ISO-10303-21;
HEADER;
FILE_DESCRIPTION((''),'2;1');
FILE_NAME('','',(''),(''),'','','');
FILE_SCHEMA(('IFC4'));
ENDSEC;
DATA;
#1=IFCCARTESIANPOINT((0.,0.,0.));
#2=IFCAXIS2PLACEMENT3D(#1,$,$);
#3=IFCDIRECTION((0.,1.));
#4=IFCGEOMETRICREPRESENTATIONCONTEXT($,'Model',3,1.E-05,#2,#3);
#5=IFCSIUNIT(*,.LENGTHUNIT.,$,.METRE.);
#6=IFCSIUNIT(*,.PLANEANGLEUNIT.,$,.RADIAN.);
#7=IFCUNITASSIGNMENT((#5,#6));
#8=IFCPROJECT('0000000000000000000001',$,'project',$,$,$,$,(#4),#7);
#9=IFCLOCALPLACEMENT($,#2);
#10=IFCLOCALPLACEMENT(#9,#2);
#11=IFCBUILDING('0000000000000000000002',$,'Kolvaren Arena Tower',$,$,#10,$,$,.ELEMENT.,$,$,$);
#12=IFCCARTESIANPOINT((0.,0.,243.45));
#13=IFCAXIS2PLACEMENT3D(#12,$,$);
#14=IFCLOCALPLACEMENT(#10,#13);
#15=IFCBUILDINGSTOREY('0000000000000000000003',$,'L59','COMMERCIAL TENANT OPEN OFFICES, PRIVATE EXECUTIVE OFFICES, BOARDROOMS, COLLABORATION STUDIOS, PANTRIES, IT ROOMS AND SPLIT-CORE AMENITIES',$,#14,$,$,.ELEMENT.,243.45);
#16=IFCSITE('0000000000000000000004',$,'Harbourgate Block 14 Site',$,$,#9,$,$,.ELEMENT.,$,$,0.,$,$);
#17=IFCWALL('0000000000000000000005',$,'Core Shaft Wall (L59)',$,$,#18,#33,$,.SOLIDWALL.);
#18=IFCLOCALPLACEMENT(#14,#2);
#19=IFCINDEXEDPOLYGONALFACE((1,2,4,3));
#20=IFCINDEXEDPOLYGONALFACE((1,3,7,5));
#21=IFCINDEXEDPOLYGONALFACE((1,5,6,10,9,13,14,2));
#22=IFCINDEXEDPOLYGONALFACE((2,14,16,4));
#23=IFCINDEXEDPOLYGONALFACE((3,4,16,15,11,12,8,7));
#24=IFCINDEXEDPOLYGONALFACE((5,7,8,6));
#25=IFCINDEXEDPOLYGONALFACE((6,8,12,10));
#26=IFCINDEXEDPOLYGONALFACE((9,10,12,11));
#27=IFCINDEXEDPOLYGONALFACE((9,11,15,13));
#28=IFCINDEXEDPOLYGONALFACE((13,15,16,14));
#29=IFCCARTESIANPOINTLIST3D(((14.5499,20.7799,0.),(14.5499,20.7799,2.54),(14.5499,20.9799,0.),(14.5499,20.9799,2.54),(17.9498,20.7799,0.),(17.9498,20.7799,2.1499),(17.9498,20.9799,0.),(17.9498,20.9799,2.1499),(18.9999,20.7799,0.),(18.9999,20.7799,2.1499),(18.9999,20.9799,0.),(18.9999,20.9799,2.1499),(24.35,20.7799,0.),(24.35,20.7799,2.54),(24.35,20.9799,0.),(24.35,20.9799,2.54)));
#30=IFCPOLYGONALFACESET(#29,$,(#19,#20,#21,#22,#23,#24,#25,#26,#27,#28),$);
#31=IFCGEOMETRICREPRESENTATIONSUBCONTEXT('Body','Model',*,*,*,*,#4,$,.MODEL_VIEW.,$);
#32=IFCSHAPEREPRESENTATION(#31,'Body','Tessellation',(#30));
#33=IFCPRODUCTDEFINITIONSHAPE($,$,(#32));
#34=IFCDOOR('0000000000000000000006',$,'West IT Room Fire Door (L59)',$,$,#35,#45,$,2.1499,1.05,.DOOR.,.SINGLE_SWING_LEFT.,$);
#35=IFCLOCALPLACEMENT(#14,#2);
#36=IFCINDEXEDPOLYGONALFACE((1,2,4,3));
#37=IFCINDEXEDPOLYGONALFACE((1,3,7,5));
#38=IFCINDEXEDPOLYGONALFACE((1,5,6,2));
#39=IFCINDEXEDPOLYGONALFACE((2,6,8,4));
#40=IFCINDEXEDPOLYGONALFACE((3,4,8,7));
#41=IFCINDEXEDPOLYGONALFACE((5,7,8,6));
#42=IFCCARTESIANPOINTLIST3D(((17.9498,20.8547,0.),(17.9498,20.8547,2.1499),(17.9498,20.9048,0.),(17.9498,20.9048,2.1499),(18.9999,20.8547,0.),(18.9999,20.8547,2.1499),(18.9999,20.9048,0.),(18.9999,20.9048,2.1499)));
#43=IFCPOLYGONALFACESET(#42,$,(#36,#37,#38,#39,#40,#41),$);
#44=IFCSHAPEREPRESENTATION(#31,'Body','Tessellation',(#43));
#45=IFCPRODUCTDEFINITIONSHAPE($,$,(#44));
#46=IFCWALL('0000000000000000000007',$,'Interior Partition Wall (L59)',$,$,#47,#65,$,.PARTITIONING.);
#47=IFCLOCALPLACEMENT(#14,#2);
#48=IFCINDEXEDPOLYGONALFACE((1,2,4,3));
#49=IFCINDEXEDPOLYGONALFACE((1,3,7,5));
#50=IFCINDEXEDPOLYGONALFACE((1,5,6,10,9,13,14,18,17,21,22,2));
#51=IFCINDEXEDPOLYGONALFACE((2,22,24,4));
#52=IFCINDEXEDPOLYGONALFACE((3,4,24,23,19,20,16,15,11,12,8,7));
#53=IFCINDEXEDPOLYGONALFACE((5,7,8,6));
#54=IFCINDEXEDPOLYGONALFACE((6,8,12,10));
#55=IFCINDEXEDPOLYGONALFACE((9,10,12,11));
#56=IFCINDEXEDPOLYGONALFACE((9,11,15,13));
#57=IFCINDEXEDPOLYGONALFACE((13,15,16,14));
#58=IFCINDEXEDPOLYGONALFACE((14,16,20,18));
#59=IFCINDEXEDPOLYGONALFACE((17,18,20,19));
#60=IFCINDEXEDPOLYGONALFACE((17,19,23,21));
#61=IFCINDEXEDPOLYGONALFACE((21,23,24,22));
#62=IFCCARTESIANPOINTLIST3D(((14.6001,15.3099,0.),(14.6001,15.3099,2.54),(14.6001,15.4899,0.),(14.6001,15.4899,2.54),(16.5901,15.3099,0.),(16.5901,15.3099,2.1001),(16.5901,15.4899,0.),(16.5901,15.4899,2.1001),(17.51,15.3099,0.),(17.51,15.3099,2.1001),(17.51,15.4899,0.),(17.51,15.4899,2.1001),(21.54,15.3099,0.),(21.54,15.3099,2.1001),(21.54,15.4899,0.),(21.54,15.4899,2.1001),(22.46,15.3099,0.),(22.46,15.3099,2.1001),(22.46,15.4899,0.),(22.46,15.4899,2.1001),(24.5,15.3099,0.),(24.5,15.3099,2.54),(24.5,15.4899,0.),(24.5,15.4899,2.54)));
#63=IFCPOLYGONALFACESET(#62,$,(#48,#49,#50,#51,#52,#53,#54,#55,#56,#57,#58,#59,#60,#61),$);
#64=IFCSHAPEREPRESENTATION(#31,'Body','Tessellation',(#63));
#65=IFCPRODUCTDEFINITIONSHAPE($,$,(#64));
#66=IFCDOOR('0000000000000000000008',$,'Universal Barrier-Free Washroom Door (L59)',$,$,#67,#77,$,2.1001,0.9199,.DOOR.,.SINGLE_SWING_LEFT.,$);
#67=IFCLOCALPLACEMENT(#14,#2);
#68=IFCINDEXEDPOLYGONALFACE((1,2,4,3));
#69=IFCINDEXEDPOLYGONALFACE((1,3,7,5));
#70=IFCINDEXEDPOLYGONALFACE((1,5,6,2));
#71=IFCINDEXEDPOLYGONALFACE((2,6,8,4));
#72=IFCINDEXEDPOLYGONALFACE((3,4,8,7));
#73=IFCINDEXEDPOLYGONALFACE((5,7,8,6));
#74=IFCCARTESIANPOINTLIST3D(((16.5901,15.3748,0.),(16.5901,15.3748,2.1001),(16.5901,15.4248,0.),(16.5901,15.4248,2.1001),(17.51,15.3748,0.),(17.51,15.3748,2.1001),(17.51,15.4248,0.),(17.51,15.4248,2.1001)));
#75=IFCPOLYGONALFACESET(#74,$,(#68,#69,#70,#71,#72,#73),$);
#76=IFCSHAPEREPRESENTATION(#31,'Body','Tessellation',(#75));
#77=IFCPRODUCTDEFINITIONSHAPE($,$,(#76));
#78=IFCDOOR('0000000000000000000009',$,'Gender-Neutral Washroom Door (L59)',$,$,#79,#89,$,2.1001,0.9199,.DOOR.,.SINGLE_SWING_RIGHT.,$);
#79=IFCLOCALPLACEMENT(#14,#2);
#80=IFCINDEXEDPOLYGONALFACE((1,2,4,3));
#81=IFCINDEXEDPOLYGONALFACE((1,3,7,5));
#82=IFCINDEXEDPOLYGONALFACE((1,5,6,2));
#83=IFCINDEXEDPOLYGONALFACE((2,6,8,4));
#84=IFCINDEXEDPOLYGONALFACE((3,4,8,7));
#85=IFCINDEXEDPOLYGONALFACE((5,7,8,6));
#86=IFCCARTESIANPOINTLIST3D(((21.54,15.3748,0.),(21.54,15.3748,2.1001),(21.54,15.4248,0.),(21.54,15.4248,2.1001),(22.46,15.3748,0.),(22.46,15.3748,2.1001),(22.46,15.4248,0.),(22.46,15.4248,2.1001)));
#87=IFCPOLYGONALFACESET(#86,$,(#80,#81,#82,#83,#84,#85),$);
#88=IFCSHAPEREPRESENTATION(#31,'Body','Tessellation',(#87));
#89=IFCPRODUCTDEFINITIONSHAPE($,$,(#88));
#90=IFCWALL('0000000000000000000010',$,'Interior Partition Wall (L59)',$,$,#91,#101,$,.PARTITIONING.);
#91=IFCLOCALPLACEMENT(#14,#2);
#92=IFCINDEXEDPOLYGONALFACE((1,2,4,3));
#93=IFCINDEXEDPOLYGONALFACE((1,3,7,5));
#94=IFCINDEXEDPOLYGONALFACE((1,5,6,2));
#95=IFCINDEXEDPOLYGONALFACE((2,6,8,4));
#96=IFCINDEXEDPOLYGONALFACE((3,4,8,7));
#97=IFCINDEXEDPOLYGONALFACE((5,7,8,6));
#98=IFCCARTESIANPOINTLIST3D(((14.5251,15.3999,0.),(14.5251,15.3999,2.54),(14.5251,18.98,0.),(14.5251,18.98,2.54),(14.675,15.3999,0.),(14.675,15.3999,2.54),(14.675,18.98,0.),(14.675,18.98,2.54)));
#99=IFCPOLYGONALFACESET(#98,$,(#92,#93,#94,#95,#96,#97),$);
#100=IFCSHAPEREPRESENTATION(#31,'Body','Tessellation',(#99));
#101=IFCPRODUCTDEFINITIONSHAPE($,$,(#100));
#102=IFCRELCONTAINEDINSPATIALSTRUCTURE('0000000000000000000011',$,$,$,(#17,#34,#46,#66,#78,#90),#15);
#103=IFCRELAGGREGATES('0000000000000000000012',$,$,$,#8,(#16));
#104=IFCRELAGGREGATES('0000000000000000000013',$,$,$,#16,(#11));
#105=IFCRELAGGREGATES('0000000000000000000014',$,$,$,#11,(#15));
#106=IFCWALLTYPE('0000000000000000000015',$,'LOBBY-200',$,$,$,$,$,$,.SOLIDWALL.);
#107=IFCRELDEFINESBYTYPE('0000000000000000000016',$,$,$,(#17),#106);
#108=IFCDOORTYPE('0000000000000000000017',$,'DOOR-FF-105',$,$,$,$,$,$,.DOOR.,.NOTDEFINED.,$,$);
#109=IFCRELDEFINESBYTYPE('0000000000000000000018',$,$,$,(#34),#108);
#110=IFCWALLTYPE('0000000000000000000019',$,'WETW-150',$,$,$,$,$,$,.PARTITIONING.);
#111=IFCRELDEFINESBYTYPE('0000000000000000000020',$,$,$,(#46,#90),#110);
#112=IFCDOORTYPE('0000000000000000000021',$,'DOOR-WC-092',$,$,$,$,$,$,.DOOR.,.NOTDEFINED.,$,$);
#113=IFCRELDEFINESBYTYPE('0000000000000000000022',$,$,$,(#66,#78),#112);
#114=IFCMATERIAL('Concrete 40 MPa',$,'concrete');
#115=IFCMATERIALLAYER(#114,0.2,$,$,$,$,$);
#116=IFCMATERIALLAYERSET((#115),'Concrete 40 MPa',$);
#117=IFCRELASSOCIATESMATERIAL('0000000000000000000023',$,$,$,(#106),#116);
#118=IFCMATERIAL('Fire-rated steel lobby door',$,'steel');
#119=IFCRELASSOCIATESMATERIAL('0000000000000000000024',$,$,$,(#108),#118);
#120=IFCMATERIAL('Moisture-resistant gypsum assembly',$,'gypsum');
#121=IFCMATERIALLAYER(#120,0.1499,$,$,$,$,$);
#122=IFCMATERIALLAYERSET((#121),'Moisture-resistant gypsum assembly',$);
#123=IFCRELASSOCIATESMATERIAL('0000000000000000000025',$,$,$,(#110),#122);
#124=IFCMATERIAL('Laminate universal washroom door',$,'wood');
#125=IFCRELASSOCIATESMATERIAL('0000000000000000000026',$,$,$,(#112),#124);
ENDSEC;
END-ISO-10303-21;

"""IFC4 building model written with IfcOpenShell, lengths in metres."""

from ifc_helpers import new_model, si_unit, direction, frame, frame_2d, origin, place, context, subcontext, project, spatial, rectangle, extrude, material, layer, layer_set, type_object, element, fill, save


model = new_model("IFC4")

# Units and contexts
model_context = context("Model", 3, precision=1e-05, world=origin(), true_north=direction((0.0, 1.0)))
body_context = subcontext(model_context, "Body", "Model", "MODEL_VIEW")
ifc_project = project(units=[si_unit("LENGTHUNIT", "METRE"), si_unit("PLANEANGLEUNIT", "RADIAN")], contexts=[model_context])

# Site, building, storey
site_placement = place(None, origin())
site = spatial("IfcSite", under=ifc_project, at=site_placement, Name="Harbourgate Block 14 Site", CompositionType="ELEMENT", RefElevation=0.0)
building_placement = place(site_placement, origin())
building = spatial("IfcBuilding", under=site, at=building_placement, Name="Kolvaren Arena Tower", CompositionType="ELEMENT")
storey_placement = place(building_placement, frame((0.0, 0.0, 243.45)))
storey = spatial("IfcBuildingStorey", under=building, at=storey_placement, Name="L59", Description="COMMERCIAL TENANT OPEN OFFICES, PRIVATE EXECUTIVE OFFICES, BOARDROOMS, COLLABORATION STUDIOS, PANTRIES, IT ROOMS AND SPLIT-CORE AMENITIES", CompositionType="ELEMENT", Elevation=243.45)

# Wall, opening, door
ifc_material_1 = material(Name="Concrete 40 MPa", Category="concrete")
ifc_layer_1 = layer(ifc_material_1, 0.2)
ifc_layer_set_1 = layer_set([ifc_layer_1], Name="Concrete 40 MPa")
wall_type_1 = type_object("IfcWallType", Name="LOBBY-200", PredefinedType="SOLIDWALL", material=ifc_layer_set_1)
wall_1_placement = place(storey_placement, frame((14.55, 20.8799, 0.0), z_axis=(0.0, 0.0, 1.0), x_axis=(1.0, 0.0, 0.0)))
wall_1 = element("IfcWall", 1, at=wall_1_placement, inside=storey, type_object=wall_type_1, Name="Core Shaft Wall (L59)", PredefinedType="SOLIDWALL", context=body_context, shape_type="SweptSolid", body=[
    extrude(rectangle(XDim=9.8, YDim=0.2, at=frame_2d((4.8999, 0.0))), origin(), (0.0, 0.0, 1.0), 2.54),
])
opening_1_placement = place(wall_1_placement, frame((3.3999, 0.0, 0.0)))
opening_1 = element("IfcOpeningElement", 2, at=opening_1_placement, cuts=wall_1, PredefinedType="OPENING", context=body_context, shape_type="SweptSolid", body=[
    extrude(rectangle(XDim=1.05, YDim=2.1499, at=frame_2d((0.5249, 1.075))), frame((0.0, 0.1099, 0.0), z_axis=(0.0, -1.0, 0.0), x_axis=(1.0, 0.0, 0.0)), (0.0, 0.0, 1.0), 0.22),
])
ifc_material_2 = material(Name="Fire-rated steel lobby door", Category="steel")
door_type_1 = type_object("IfcDoorType", Name="DOOR-FF-105", OperationType="NOTDEFINED", PredefinedType="DOOR", material=ifc_material_2)
door_1_placement = place(opening_1_placement, origin())
door_1 = element("IfcDoor", 3, at=door_1_placement, inside=storey, type_object=door_type_1, Name="West IT Room Fire Door (L59)", OperationType="SINGLE_SWING_LEFT", OverallHeight=2.1499, OverallWidth=1.05, PredefinedType="DOOR", context=body_context, shape_type="SweptSolid", body=[
    extrude(rectangle(XDim=1.05, YDim=2.1499, at=frame_2d((0.5249, 1.075))), frame((0.0, 0.0249, 0.0), z_axis=(0.0, -1.0, 0.0), x_axis=(1.0, 0.0, 0.0)), (0.0, 0.0, 1.0), 0.05),
])
fill(opening_1, door_1)

# Wall, openings, doors
ifc_material_3 = material(Name="Moisture-resistant gypsum assembly", Category="gypsum")
ifc_layer_2 = layer(ifc_material_3, 0.1499)
ifc_layer_set_2 = layer_set([ifc_layer_2], Name="Moisture-resistant gypsum assembly")
wall_type_2 = type_object("IfcWallType", Name="WETW-150", PredefinedType="PARTITIONING", material=ifc_layer_set_2)
wall_2_placement = place(storey_placement, frame((14.6001, 15.3999, 0.0), z_axis=(0.0, 0.0, 1.0), x_axis=(1.0, 0.0, 0.0)))
wall_2 = element("IfcWall", 4, at=wall_2_placement, inside=storey, type_object=wall_type_2, Name="Interior Partition Wall (L59)", PredefinedType="PARTITIONING", context=body_context, shape_type="SweptSolid", body=[
    extrude(rectangle(XDim=9.8999, YDim=0.1799, at=frame_2d((4.95, 0.0))), origin(), (0.0, 0.0, 1.0), 2.54),
])
opening_2_placement = place(wall_2_placement, frame((1.99, 0.0, 0.0)))
opening_2 = element("IfcOpeningElement", 5, at=opening_2_placement, cuts=wall_2, PredefinedType="OPENING", context=body_context, shape_type="SweptSolid", body=[
    extrude(rectangle(XDim=0.9199, YDim=2.1001, at=frame_2d((0.46, 1.05))), frame((0.0, 0.0999, 0.0), z_axis=(0.0, -1.0, 0.0), x_axis=(1.0, 0.0, 0.0)), (0.0, 0.0, 1.0), 0.2),
])
opening_3_placement = place(wall_2_placement, frame((6.9399, 0.0, 0.0)))
opening_3 = element("IfcOpeningElement", 6, at=opening_3_placement, cuts=wall_2, PredefinedType="OPENING", context=body_context, shape_type="SweptSolid", body=[
    extrude(rectangle(XDim=0.9199, YDim=2.1001, at=frame_2d((0.46, 1.05))), frame((0.0, 0.0999, 0.0), z_axis=(0.0, -1.0, 0.0), x_axis=(1.0, 0.0, 0.0)), (0.0, 0.0, 1.0), 0.2),
])
ifc_material_4 = material(Name="Laminate universal washroom door", Category="wood")
door_type_2 = type_object("IfcDoorType", Name="DOOR-WC-092", OperationType="NOTDEFINED", PredefinedType="DOOR", material=ifc_material_4)
door_2_placement = place(opening_2_placement, origin())
door_2 = element("IfcDoor", 7, at=door_2_placement, inside=storey, type_object=door_type_2, Name="Universal Barrier-Free Washroom Door (L59)", OperationType="SINGLE_SWING_LEFT", OverallHeight=2.1001, OverallWidth=0.9199, PredefinedType="DOOR", context=body_context, shape_type="SweptSolid", body=[
    extrude(rectangle(XDim=0.9199, YDim=2.1001, at=frame_2d((0.46, 1.05))), frame((0.0, 0.0249, 0.0), z_axis=(0.0, -1.0, 0.0), x_axis=(1.0, 0.0, 0.0)), (0.0, 0.0, 1.0), 0.05),
])
fill(opening_2, door_2)
door_3_placement = place(opening_3_placement, origin())
door_3 = element("IfcDoor", 8, at=door_3_placement, inside=storey, type_object=door_type_2, Name="Gender-Neutral Washroom Door (L59)", OperationType="SINGLE_SWING_RIGHT", OverallHeight=2.1001, OverallWidth=0.9199, PredefinedType="DOOR", context=body_context, shape_type="SweptSolid", body=[
    extrude(rectangle(XDim=0.9199, YDim=2.1001, at=frame_2d((0.46, 1.05))), frame((0.0, 0.0249, 0.0), z_axis=(0.0, -1.0, 0.0), x_axis=(1.0, 0.0, 0.0)), (0.0, 0.0, 1.0), 0.05),
])
fill(opening_3, door_3)

# Wall
wall_3_placement = place(storey_placement, frame((14.6001, 15.3999, 0.0), z_axis=(0.0, 0.0, 1.0), x_axis=(0.0, 1.0, 0.0)))
element("IfcWall", 9, at=wall_3_placement, inside=storey, type_object=wall_type_2, Name="Interior Partition Wall (L59)", PredefinedType="PARTITIONING", context=body_context, shape_type="SweptSolid", body=[
    extrude(rectangle(XDim=3.5801, YDim=0.1499, at=frame_2d((1.79, 0.0))), origin(), (0.0, 0.0, 1.0), 2.54),
])

save(model, "model.ifc")
